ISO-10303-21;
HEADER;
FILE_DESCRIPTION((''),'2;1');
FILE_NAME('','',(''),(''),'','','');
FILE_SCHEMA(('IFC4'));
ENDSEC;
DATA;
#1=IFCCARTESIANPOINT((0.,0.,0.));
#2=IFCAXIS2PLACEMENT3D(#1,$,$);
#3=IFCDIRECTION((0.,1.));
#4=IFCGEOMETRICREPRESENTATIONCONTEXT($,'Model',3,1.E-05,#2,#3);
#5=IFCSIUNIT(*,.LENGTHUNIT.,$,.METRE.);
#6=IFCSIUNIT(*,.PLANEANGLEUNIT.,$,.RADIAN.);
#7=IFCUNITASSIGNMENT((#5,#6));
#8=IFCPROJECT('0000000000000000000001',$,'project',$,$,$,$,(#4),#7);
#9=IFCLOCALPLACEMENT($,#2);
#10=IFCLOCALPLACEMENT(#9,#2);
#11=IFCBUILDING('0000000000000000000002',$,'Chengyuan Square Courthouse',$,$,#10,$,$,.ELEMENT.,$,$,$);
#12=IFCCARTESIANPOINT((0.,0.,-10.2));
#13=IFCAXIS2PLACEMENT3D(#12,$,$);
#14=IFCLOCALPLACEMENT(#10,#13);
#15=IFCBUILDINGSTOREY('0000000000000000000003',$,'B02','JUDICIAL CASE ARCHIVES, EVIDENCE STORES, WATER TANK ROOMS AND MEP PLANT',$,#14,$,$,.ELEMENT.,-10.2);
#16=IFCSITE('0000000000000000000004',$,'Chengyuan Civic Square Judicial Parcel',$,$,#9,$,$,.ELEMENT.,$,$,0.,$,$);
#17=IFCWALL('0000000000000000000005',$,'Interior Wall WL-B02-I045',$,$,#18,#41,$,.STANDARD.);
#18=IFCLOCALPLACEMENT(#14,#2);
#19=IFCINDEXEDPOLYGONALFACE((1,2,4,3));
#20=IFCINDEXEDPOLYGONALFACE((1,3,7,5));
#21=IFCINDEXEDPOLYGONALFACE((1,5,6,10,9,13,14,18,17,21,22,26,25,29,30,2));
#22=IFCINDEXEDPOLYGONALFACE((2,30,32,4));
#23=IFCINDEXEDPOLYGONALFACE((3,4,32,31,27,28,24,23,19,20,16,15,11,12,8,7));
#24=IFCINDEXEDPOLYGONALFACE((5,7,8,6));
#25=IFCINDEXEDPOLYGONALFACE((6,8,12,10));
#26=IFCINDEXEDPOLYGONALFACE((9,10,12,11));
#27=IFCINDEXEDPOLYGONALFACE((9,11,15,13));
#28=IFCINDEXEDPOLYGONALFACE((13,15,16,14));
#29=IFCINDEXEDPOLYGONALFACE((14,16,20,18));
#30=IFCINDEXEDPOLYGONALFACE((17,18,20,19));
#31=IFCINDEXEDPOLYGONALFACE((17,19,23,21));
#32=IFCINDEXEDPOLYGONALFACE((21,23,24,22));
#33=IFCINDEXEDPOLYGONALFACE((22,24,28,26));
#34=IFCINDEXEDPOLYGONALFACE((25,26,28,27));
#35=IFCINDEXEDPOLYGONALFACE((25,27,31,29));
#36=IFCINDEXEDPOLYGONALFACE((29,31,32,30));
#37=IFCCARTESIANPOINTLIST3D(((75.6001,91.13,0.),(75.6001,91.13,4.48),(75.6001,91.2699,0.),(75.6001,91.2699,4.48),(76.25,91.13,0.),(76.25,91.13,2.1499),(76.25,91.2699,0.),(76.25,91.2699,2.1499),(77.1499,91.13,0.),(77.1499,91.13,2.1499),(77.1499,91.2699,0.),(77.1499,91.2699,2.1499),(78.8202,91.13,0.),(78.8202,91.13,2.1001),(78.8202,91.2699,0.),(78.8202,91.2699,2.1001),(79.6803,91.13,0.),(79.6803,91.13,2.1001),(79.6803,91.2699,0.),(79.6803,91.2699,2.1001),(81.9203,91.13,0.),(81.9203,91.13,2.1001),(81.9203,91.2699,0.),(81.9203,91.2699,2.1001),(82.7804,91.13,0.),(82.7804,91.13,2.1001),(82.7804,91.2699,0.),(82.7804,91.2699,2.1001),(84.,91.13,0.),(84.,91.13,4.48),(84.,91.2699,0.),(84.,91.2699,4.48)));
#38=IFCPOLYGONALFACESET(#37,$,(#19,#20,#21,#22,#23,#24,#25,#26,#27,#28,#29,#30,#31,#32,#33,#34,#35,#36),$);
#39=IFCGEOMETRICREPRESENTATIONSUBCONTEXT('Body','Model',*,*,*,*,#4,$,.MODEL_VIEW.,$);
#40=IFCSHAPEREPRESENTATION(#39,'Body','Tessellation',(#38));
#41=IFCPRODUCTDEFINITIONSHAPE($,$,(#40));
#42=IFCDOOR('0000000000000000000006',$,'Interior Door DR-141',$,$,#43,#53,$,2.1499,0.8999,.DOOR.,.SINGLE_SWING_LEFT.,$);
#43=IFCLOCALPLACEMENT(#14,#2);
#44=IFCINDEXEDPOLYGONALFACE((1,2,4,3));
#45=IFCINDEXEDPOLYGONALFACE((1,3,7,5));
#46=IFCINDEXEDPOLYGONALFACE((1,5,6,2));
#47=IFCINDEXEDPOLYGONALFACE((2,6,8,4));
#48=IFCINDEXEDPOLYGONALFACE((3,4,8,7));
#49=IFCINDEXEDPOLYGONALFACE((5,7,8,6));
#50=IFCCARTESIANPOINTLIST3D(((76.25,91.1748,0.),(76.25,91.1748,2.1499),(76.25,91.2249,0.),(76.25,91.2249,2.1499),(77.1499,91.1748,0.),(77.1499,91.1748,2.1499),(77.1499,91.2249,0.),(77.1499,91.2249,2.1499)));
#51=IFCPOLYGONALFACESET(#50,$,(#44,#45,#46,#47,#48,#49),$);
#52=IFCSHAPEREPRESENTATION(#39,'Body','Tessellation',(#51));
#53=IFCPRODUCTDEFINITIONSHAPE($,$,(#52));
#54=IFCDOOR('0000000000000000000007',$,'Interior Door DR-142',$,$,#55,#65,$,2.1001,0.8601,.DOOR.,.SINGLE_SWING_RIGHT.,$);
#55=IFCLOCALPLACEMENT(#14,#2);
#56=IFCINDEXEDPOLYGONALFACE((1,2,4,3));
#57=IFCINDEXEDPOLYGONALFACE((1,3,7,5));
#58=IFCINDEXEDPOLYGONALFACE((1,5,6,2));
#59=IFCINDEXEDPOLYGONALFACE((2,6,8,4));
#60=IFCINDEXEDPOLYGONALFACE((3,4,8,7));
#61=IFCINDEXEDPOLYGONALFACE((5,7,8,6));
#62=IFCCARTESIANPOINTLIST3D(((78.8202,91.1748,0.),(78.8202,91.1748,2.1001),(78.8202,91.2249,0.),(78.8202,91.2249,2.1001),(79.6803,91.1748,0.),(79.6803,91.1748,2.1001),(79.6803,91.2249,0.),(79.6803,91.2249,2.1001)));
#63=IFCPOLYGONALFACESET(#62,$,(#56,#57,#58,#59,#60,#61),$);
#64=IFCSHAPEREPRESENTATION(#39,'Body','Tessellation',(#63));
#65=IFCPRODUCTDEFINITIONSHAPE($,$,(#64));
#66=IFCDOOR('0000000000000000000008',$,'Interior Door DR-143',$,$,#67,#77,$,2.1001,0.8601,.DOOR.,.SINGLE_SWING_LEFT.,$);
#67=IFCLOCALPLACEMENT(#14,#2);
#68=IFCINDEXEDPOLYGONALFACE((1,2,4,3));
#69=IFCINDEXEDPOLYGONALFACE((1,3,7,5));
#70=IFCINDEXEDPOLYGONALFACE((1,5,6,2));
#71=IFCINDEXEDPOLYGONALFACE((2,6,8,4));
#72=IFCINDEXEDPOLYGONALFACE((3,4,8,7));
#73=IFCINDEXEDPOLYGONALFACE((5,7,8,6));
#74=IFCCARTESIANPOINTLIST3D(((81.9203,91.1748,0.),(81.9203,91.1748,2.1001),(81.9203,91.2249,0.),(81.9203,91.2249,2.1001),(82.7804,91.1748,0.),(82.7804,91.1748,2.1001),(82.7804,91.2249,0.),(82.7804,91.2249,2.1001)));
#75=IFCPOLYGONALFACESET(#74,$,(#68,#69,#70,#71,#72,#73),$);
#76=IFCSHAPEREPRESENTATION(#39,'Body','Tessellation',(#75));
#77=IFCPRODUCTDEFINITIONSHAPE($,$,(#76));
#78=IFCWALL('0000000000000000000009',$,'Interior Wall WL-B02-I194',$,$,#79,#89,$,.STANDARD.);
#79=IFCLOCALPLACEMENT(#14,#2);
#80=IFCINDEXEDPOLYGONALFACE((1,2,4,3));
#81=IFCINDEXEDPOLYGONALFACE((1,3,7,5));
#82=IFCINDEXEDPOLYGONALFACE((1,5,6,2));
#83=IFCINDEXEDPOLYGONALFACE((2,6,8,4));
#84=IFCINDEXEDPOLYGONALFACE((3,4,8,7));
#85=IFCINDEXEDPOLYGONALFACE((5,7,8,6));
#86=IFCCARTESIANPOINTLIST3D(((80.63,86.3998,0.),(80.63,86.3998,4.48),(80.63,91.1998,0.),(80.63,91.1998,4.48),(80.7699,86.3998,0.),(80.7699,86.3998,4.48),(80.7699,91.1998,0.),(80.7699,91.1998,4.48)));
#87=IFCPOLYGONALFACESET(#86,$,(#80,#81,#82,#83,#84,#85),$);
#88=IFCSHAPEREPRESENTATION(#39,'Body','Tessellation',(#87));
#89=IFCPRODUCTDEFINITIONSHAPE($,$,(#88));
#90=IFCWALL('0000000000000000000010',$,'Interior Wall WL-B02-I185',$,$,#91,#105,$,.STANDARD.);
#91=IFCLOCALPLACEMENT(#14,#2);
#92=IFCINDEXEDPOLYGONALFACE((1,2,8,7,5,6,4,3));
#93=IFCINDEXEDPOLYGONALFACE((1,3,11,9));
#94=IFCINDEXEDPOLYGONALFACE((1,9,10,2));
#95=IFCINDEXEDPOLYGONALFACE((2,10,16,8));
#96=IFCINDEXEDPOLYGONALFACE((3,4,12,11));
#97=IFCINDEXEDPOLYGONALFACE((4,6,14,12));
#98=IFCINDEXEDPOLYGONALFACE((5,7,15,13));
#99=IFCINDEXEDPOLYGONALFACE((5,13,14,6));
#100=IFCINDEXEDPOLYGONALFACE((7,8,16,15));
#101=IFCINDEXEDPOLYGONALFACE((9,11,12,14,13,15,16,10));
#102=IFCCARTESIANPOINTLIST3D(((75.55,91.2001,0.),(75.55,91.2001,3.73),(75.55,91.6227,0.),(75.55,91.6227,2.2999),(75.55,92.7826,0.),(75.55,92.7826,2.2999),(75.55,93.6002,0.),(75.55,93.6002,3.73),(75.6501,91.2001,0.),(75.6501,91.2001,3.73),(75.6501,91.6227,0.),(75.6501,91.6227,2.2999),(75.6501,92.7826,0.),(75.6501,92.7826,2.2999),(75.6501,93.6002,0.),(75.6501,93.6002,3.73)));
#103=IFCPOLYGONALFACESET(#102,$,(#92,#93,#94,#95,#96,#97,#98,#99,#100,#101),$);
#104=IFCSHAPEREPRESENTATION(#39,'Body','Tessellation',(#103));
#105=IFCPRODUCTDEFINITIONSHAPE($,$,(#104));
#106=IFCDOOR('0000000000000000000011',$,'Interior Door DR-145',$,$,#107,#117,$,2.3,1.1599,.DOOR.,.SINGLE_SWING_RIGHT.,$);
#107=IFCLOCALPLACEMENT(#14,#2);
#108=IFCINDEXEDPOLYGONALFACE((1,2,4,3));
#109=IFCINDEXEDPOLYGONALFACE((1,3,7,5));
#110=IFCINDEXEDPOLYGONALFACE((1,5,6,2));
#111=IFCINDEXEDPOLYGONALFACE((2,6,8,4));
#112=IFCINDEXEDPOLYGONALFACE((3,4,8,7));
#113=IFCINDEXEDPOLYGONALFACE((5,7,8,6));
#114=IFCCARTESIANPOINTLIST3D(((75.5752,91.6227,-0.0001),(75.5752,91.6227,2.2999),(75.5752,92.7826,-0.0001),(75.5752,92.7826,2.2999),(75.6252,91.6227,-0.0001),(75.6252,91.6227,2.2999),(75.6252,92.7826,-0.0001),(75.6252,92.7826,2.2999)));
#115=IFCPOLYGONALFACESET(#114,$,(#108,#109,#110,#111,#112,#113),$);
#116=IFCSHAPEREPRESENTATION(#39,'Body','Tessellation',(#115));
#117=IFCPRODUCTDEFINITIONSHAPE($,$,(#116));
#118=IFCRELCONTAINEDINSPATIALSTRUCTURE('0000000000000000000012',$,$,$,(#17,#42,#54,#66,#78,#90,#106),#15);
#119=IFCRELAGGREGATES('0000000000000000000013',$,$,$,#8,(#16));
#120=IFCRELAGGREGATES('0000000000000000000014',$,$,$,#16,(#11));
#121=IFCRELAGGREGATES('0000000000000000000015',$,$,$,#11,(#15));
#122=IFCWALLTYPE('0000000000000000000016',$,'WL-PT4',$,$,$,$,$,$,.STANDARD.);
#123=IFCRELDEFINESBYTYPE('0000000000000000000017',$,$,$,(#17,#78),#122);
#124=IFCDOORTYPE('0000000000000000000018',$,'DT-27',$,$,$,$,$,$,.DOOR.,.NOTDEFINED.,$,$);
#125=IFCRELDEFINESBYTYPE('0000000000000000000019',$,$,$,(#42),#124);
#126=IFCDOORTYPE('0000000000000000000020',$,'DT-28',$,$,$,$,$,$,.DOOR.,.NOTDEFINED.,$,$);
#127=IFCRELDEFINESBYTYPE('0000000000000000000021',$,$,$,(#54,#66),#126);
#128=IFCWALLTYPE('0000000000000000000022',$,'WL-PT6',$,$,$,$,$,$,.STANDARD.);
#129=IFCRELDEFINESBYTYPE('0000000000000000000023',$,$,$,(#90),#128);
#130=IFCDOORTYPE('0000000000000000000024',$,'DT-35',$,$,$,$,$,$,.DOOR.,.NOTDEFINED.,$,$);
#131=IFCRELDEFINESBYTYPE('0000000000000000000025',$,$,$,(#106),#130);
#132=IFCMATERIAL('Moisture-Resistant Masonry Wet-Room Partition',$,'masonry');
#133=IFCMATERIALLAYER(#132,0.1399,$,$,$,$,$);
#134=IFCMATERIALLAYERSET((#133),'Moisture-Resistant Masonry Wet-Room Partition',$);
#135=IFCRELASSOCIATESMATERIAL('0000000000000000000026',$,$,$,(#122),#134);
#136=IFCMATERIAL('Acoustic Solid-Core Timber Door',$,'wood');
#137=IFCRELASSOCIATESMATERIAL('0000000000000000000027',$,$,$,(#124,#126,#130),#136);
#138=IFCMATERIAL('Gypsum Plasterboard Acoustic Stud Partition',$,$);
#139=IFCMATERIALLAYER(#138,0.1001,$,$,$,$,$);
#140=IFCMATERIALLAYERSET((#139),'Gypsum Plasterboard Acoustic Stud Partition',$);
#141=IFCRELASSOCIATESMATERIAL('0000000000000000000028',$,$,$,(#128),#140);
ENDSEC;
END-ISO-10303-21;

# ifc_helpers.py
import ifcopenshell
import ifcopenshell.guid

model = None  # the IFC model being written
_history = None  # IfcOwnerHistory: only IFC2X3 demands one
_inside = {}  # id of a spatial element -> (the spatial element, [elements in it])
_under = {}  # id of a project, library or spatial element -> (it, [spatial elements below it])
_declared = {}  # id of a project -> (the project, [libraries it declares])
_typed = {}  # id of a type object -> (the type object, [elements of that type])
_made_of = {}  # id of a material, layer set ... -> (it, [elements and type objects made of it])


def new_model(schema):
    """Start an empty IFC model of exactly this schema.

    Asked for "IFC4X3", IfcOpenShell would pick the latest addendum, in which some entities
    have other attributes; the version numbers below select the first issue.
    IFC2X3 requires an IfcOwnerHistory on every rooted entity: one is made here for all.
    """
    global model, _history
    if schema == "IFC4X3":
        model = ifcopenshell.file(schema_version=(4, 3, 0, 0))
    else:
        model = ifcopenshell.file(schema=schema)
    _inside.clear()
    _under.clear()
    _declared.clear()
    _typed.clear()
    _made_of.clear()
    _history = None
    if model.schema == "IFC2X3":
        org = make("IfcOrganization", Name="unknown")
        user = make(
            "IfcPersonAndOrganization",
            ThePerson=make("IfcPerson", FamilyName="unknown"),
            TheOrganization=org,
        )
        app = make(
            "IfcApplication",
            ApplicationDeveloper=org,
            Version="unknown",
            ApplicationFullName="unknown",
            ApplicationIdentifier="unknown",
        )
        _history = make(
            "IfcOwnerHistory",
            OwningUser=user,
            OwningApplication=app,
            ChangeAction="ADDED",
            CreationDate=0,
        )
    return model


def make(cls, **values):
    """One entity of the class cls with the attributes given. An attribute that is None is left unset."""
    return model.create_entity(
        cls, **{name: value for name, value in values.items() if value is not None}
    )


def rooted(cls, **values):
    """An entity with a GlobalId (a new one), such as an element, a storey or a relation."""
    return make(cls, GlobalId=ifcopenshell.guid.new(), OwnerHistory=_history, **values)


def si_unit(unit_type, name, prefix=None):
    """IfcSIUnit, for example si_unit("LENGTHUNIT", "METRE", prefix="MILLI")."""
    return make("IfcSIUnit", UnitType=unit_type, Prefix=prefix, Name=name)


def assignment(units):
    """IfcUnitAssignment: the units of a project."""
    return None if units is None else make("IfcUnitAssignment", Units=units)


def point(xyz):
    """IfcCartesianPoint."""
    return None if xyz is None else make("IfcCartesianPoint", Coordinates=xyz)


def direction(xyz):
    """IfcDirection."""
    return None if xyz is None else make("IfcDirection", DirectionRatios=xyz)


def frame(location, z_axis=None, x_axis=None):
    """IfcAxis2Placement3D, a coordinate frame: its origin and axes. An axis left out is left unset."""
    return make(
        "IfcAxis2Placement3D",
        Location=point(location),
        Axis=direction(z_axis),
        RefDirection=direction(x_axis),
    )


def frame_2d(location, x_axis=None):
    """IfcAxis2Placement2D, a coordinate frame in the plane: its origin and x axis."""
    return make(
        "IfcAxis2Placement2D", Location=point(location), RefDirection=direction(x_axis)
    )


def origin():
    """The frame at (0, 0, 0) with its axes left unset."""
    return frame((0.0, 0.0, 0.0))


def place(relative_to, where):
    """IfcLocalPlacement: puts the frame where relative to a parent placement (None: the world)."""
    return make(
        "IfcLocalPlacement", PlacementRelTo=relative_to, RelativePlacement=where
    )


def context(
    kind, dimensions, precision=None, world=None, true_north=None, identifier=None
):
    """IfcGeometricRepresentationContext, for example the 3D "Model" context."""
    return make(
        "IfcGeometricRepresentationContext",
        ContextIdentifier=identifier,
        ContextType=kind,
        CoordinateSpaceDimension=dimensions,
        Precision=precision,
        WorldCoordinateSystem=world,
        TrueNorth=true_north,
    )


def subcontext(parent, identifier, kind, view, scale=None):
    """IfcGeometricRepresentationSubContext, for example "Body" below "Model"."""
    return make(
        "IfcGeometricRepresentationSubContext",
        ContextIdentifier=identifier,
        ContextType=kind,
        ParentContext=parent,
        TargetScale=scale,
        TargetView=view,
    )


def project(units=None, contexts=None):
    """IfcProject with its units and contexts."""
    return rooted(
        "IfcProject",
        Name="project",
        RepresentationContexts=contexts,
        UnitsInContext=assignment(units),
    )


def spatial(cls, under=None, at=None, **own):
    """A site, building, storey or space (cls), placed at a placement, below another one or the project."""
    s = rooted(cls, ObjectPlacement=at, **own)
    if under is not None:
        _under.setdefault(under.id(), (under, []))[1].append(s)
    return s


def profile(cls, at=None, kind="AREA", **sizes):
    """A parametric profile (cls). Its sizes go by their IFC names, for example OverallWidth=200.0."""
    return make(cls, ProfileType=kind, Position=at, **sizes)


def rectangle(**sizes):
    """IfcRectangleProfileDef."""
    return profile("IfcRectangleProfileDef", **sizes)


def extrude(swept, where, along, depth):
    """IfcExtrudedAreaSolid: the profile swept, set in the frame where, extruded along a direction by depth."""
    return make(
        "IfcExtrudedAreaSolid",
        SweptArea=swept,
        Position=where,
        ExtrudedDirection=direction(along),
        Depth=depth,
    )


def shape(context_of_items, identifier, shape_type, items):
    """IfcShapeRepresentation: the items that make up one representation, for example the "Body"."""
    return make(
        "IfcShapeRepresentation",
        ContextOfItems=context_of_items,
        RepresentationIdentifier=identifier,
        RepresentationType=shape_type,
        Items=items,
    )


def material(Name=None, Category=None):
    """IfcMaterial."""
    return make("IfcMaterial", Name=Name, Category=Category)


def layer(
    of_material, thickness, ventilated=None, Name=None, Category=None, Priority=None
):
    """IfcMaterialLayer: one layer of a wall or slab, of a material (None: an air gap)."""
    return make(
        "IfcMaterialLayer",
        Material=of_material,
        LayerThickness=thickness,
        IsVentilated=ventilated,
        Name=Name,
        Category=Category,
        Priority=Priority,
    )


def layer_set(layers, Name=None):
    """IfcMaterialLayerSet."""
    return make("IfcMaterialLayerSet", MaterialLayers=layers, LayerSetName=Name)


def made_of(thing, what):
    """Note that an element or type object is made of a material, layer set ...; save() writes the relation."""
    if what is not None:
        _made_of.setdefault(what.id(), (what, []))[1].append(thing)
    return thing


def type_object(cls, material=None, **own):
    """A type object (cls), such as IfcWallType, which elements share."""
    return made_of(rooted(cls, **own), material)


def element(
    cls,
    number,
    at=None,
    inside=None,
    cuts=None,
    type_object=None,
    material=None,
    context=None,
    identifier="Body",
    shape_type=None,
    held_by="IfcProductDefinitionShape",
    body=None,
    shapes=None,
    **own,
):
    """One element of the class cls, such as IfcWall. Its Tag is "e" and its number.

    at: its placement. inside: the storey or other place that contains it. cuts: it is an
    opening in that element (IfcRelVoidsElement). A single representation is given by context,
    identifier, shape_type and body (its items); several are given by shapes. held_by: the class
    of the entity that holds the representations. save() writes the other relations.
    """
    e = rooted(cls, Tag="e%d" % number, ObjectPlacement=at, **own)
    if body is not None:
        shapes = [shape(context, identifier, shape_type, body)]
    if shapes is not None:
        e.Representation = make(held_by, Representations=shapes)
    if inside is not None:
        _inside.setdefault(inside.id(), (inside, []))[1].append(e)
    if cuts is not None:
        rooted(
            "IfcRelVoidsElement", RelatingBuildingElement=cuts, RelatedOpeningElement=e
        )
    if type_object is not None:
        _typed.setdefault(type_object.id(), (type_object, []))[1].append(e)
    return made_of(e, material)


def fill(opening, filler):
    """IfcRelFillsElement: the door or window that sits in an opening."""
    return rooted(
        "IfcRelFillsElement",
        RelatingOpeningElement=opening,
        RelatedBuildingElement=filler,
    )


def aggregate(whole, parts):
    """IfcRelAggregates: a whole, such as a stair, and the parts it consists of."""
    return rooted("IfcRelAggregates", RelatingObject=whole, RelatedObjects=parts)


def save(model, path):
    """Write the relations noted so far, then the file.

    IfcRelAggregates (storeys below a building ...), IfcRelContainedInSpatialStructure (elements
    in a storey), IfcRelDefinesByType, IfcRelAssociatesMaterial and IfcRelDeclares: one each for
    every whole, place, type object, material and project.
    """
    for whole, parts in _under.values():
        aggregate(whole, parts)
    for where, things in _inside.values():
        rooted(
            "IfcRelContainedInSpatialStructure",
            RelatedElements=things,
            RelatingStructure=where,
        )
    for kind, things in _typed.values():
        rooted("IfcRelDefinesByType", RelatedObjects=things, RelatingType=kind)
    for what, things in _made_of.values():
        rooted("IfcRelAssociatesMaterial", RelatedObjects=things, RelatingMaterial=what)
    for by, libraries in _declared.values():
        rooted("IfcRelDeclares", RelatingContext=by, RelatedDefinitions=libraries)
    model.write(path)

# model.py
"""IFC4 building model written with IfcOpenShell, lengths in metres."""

from ifc_helpers import new_model, si_unit, direction, frame, frame_2d, origin, place, context, subcontext, project, spatial, rectangle, extrude, material, layer, layer_set, type_object, element, fill, save


model = new_model("IFC4")

# Units and contexts
model_context = context("Model", 3, precision=1e-05, world=origin(), true_north=direction((0.0, 1.0)))
body_context = subcontext(model_context, "Body", "Model", "MODEL_VIEW")
ifc_project = project(units=[si_unit("LENGTHUNIT", "METRE"), si_unit("PLANEANGLEUNIT", "RADIAN")], contexts=[model_context])

# Site, building, storey
site_placement = place(None, origin())
site = spatial("IfcSite", under=ifc_project, at=site_placement, Name="Chengyuan Civic Square Judicial Parcel", CompositionType="ELEMENT", RefElevation=0.0)
building_placement = place(site_placement, origin())
building = spatial("IfcBuilding", under=site, at=building_placement, Name="Chengyuan Square Courthouse", CompositionType="ELEMENT")
storey_placement = place(building_placement, frame((0.0, 0.0, -10.2)))
storey = spatial("IfcBuildingStorey", under=building, at=storey_placement, Name="B02", Description="JUDICIAL CASE ARCHIVES, EVIDENCE STORES, WATER TANK ROOMS AND MEP PLANT", CompositionType="ELEMENT", Elevation=-10.2)

# Wall, openings, doors
ifc_material_1 = material(Name="Moisture-Resistant Masonry Wet-Room Partition", Category="masonry")
ifc_layer_1 = layer(ifc_material_1, 0.1399)
ifc_layer_set_1 = layer_set([ifc_layer_1], Name="Moisture-Resistant Masonry Wet-Room Partition")
wall_type_1 = type_object("IfcWallType", Name="WL-PT4", PredefinedType="STANDARD", material=ifc_layer_set_1)
wall_1_placement = place(storey_placement, frame((75.6001, 91.2, 0.0), z_axis=(0.0, 0.0, 1.0), x_axis=(1.0, 0.0, 0.0)))
wall_1 = element("IfcWall", 1, at=wall_1_placement, inside=storey, type_object=wall_type_1, Name="Interior Wall WL-B02-I045", PredefinedType="STANDARD", context=body_context, shape_type="SweptSolid", body=[
    extrude(rectangle(XDim=8.3999, YDim=0.1399, at=frame_2d((4.2, 0.0))), origin(), (0.0, 0.0, 1.0), 4.48),
])
opening_1_placement = place(wall_1_placement, frame((0.6499, 0.0, 0.0)))
opening_1 = element("IfcOpeningElement", 2, at=opening_1_placement, cuts=wall_1, PredefinedType="OPENING", context=body_context, shape_type="SweptSolid", body=[
    extrude(rectangle(XDim=0.8999, YDim=2.1499, at=frame_2d((0.45, 1.075))), frame((0.0, 0.082, 0.0), z_axis=(0.0, -1.0, 0.0), x_axis=(1.0, 0.0, 0.0)), (0.0, 0.0, 1.0), 0.1638),
])
opening_2_placement = place(wall_1_placement, frame((3.22, 0.0, 0.0)))
opening_2 = element("IfcOpeningElement", 3, at=opening_2_placement, cuts=wall_1, PredefinedType="OPENING", context=body_context, shape_type="SweptSolid", body=[
    extrude(rectangle(XDim=0.8601, YDim=2.1001, at=frame_2d((0.4302, 1.05))), frame((0.0, 0.082, 0.0), z_axis=(0.0, -1.0, 0.0), x_axis=(1.0, 0.0, 0.0)), (0.0, 0.0, 1.0), 0.1638),
])
opening_3_placement = place(wall_1_placement, frame((6.3201, 0.0, 0.0)))
opening_3 = element("IfcOpeningElement", 4, at=opening_3_placement, cuts=wall_1, PredefinedType="OPENING", context=body_context, shape_type="SweptSolid", body=[
    extrude(rectangle(XDim=0.8601, YDim=2.1001, at=frame_2d((0.4302, 1.05))), frame((0.0, 0.082, 0.0), z_axis=(0.0, -1.0, 0.0), x_axis=(1.0, 0.0, 0.0)), (0.0, 0.0, 1.0), 0.1638),
])
ifc_material_2 = material(Name="Acoustic Solid-Core Timber Door", Category="wood")
door_type_1 = type_object("IfcDoorType", Name="DT-27", OperationType="NOTDEFINED", PredefinedType="DOOR", material=ifc_material_2)
door_1_placement = place(opening_1_placement, origin())
door_1 = element("IfcDoor", 5, at=door_1_placement, inside=storey, type_object=door_type_1, Name="Interior Door DR-141", OperationType="SINGLE_SWING_LEFT", OverallHeight=2.1499, OverallWidth=0.8999, PredefinedType="DOOR", context=body_context, shape_type="SweptSolid", body=[
    extrude(rectangle(XDim=0.8999, YDim=2.1499, at=frame_2d((0.45, 1.075))), frame((0.0, 0.0249, 0.0), z_axis=(0.0, -1.0, 0.0), x_axis=(1.0, 0.0, 0.0)), (0.0, 0.0, 1.0), 0.05),
])
fill(opening_1, door_1)
door_type_2 = type_object("IfcDoorType", Name="DT-28", OperationType="NOTDEFINED", PredefinedType="DOOR", material=ifc_material_2)
door_2_placement = place(opening_2_placement, origin())
door_2 = element("IfcDoor", 6, at=door_2_placement, inside=storey, type_object=door_type_2, Name="Interior Door DR-142", OperationType="SINGLE_SWING_RIGHT", OverallHeight=2.1001, OverallWidth=0.8601, PredefinedType="DOOR", context=body_context, shape_type="SweptSolid", body=[
    extrude(rectangle(XDim=0.8601, YDim=2.1001, at=frame_2d((0.4302, 1.05))), frame((0.0, 0.0249, 0.0), z_axis=(0.0, -1.0, 0.0), x_axis=(1.0, 0.0, 0.0)), (0.0, 0.0, 1.0), 0.05),
])
fill(opening_2, door_2)
door_3_placement = place(opening_3_placement, origin())
door_3 = element("IfcDoor", 7, at=door_3_placement, inside=storey, type_object=door_type_2, Name="Interior Door DR-143", OperationType="SINGLE_SWING_LEFT", OverallHeight=2.1001, OverallWidth=0.8601, PredefinedType="DOOR", context=body_context, shape_type="SweptSolid", body=[
    extrude(rectangle(XDim=0.8601, YDim=2.1001, at=frame_2d((0.4302, 1.05))), frame((0.0, 0.0249, 0.0), z_axis=(0.0, -1.0, 0.0), x_axis=(1.0, 0.0, 0.0)), (0.0, 0.0, 1.0), 0.05),
])
fill(opening_3, door_3)

# Wall
wall_2_placement = place(storey_placement, frame((80.7, 86.3999, 0.0), z_axis=(0.0, 0.0, 1.0), x_axis=(0.0, 1.0, 0.0)))
element("IfcWall", 8, at=wall_2_placement, inside=storey, type_object=wall_type_1, Name="Interior Wall WL-B02-I194", PredefinedType="STANDARD", context=body_context, shape_type="SweptSolid", body=[
    extrude(rectangle(XDim=4.8, YDim=0.1399, at=frame_2d((2.3999, 0.0))), origin(), (0.0, 0.0, 1.0), 4.48),
])

# Wall, opening, door
ifc_material_3 = material(Name="Gypsum Plasterboard Acoustic Stud Partition")
ifc_layer_2 = layer(ifc_material_3, 0.1001)
ifc_layer_set_2 = layer_set([ifc_layer_2], Name="Gypsum Plasterboard Acoustic Stud Partition")
wall_type_2 = type_object("IfcWallType", Name="WL-PT6", PredefinedType="STANDARD", material=ifc_layer_set_2)
wall_3_placement = place(storey_placement, frame((75.6001, 91.2, 0.0), z_axis=(0.0, 0.0, 1.0), x_axis=(0.0, 1.0, 0.0)))
wall_3 = element("IfcWall", 9, at=wall_3_placement, inside=storey, type_object=wall_type_2, Name="Interior Wall WL-B02-I185", PredefinedType="STANDARD", context=body_context, shape_type="SweptSolid", body=[
    extrude(rectangle(XDim=2.4001, YDim=0.1001, at=frame_2d((1.2002, 0.0))), origin(), (0.0, 0.0, 1.0), 3.73),
])
opening_4_placement = place(wall_3_placement, frame((0.4226, 0.0, 0.0)))
opening_4 = element("IfcOpeningElement", 10, at=opening_4_placement, cuts=wall_3, PredefinedType="OPENING", context=body_context, shape_type="SweptSolid", body=[
    extrude(rectangle(XDim=1.1599, YDim=2.3, at=frame_2d((0.5801, 1.1499))), frame((0.0, 0.062, 0.0), z_axis=(0.0, -1.0, 0.0), x_axis=(1.0, 0.0, 0.0)), (0.0, 0.0, 1.0), 0.124),
])
door_type_3 = type_object("IfcDoorType", Name="DT-35", OperationType="NOTDEFINED", PredefinedType="DOOR", material=ifc_material_2)
door_4_placement = place(opening_4_placement, origin())
door_4 = element("IfcDoor", 11, at=door_4_placement, inside=storey, type_object=door_type_3, Name="Interior Door DR-145", OperationType="SINGLE_SWING_RIGHT", OverallHeight=2.3, OverallWidth=1.1599, PredefinedType="DOOR", context=body_context, shape_type="SweptSolid", body=[
    extrude(rectangle(XDim=1.1599, YDim=2.3, at=frame_2d((0.5801, 1.1499))), frame((0.0, 0.0249, 0.0), z_axis=(0.0, -1.0, 0.0), x_axis=(1.0, 0.0, 0.0)), (0.0, 0.0, 1.0), 0.05),
])
fill(opening_4, door_4)

save(model, "model.ifc")
